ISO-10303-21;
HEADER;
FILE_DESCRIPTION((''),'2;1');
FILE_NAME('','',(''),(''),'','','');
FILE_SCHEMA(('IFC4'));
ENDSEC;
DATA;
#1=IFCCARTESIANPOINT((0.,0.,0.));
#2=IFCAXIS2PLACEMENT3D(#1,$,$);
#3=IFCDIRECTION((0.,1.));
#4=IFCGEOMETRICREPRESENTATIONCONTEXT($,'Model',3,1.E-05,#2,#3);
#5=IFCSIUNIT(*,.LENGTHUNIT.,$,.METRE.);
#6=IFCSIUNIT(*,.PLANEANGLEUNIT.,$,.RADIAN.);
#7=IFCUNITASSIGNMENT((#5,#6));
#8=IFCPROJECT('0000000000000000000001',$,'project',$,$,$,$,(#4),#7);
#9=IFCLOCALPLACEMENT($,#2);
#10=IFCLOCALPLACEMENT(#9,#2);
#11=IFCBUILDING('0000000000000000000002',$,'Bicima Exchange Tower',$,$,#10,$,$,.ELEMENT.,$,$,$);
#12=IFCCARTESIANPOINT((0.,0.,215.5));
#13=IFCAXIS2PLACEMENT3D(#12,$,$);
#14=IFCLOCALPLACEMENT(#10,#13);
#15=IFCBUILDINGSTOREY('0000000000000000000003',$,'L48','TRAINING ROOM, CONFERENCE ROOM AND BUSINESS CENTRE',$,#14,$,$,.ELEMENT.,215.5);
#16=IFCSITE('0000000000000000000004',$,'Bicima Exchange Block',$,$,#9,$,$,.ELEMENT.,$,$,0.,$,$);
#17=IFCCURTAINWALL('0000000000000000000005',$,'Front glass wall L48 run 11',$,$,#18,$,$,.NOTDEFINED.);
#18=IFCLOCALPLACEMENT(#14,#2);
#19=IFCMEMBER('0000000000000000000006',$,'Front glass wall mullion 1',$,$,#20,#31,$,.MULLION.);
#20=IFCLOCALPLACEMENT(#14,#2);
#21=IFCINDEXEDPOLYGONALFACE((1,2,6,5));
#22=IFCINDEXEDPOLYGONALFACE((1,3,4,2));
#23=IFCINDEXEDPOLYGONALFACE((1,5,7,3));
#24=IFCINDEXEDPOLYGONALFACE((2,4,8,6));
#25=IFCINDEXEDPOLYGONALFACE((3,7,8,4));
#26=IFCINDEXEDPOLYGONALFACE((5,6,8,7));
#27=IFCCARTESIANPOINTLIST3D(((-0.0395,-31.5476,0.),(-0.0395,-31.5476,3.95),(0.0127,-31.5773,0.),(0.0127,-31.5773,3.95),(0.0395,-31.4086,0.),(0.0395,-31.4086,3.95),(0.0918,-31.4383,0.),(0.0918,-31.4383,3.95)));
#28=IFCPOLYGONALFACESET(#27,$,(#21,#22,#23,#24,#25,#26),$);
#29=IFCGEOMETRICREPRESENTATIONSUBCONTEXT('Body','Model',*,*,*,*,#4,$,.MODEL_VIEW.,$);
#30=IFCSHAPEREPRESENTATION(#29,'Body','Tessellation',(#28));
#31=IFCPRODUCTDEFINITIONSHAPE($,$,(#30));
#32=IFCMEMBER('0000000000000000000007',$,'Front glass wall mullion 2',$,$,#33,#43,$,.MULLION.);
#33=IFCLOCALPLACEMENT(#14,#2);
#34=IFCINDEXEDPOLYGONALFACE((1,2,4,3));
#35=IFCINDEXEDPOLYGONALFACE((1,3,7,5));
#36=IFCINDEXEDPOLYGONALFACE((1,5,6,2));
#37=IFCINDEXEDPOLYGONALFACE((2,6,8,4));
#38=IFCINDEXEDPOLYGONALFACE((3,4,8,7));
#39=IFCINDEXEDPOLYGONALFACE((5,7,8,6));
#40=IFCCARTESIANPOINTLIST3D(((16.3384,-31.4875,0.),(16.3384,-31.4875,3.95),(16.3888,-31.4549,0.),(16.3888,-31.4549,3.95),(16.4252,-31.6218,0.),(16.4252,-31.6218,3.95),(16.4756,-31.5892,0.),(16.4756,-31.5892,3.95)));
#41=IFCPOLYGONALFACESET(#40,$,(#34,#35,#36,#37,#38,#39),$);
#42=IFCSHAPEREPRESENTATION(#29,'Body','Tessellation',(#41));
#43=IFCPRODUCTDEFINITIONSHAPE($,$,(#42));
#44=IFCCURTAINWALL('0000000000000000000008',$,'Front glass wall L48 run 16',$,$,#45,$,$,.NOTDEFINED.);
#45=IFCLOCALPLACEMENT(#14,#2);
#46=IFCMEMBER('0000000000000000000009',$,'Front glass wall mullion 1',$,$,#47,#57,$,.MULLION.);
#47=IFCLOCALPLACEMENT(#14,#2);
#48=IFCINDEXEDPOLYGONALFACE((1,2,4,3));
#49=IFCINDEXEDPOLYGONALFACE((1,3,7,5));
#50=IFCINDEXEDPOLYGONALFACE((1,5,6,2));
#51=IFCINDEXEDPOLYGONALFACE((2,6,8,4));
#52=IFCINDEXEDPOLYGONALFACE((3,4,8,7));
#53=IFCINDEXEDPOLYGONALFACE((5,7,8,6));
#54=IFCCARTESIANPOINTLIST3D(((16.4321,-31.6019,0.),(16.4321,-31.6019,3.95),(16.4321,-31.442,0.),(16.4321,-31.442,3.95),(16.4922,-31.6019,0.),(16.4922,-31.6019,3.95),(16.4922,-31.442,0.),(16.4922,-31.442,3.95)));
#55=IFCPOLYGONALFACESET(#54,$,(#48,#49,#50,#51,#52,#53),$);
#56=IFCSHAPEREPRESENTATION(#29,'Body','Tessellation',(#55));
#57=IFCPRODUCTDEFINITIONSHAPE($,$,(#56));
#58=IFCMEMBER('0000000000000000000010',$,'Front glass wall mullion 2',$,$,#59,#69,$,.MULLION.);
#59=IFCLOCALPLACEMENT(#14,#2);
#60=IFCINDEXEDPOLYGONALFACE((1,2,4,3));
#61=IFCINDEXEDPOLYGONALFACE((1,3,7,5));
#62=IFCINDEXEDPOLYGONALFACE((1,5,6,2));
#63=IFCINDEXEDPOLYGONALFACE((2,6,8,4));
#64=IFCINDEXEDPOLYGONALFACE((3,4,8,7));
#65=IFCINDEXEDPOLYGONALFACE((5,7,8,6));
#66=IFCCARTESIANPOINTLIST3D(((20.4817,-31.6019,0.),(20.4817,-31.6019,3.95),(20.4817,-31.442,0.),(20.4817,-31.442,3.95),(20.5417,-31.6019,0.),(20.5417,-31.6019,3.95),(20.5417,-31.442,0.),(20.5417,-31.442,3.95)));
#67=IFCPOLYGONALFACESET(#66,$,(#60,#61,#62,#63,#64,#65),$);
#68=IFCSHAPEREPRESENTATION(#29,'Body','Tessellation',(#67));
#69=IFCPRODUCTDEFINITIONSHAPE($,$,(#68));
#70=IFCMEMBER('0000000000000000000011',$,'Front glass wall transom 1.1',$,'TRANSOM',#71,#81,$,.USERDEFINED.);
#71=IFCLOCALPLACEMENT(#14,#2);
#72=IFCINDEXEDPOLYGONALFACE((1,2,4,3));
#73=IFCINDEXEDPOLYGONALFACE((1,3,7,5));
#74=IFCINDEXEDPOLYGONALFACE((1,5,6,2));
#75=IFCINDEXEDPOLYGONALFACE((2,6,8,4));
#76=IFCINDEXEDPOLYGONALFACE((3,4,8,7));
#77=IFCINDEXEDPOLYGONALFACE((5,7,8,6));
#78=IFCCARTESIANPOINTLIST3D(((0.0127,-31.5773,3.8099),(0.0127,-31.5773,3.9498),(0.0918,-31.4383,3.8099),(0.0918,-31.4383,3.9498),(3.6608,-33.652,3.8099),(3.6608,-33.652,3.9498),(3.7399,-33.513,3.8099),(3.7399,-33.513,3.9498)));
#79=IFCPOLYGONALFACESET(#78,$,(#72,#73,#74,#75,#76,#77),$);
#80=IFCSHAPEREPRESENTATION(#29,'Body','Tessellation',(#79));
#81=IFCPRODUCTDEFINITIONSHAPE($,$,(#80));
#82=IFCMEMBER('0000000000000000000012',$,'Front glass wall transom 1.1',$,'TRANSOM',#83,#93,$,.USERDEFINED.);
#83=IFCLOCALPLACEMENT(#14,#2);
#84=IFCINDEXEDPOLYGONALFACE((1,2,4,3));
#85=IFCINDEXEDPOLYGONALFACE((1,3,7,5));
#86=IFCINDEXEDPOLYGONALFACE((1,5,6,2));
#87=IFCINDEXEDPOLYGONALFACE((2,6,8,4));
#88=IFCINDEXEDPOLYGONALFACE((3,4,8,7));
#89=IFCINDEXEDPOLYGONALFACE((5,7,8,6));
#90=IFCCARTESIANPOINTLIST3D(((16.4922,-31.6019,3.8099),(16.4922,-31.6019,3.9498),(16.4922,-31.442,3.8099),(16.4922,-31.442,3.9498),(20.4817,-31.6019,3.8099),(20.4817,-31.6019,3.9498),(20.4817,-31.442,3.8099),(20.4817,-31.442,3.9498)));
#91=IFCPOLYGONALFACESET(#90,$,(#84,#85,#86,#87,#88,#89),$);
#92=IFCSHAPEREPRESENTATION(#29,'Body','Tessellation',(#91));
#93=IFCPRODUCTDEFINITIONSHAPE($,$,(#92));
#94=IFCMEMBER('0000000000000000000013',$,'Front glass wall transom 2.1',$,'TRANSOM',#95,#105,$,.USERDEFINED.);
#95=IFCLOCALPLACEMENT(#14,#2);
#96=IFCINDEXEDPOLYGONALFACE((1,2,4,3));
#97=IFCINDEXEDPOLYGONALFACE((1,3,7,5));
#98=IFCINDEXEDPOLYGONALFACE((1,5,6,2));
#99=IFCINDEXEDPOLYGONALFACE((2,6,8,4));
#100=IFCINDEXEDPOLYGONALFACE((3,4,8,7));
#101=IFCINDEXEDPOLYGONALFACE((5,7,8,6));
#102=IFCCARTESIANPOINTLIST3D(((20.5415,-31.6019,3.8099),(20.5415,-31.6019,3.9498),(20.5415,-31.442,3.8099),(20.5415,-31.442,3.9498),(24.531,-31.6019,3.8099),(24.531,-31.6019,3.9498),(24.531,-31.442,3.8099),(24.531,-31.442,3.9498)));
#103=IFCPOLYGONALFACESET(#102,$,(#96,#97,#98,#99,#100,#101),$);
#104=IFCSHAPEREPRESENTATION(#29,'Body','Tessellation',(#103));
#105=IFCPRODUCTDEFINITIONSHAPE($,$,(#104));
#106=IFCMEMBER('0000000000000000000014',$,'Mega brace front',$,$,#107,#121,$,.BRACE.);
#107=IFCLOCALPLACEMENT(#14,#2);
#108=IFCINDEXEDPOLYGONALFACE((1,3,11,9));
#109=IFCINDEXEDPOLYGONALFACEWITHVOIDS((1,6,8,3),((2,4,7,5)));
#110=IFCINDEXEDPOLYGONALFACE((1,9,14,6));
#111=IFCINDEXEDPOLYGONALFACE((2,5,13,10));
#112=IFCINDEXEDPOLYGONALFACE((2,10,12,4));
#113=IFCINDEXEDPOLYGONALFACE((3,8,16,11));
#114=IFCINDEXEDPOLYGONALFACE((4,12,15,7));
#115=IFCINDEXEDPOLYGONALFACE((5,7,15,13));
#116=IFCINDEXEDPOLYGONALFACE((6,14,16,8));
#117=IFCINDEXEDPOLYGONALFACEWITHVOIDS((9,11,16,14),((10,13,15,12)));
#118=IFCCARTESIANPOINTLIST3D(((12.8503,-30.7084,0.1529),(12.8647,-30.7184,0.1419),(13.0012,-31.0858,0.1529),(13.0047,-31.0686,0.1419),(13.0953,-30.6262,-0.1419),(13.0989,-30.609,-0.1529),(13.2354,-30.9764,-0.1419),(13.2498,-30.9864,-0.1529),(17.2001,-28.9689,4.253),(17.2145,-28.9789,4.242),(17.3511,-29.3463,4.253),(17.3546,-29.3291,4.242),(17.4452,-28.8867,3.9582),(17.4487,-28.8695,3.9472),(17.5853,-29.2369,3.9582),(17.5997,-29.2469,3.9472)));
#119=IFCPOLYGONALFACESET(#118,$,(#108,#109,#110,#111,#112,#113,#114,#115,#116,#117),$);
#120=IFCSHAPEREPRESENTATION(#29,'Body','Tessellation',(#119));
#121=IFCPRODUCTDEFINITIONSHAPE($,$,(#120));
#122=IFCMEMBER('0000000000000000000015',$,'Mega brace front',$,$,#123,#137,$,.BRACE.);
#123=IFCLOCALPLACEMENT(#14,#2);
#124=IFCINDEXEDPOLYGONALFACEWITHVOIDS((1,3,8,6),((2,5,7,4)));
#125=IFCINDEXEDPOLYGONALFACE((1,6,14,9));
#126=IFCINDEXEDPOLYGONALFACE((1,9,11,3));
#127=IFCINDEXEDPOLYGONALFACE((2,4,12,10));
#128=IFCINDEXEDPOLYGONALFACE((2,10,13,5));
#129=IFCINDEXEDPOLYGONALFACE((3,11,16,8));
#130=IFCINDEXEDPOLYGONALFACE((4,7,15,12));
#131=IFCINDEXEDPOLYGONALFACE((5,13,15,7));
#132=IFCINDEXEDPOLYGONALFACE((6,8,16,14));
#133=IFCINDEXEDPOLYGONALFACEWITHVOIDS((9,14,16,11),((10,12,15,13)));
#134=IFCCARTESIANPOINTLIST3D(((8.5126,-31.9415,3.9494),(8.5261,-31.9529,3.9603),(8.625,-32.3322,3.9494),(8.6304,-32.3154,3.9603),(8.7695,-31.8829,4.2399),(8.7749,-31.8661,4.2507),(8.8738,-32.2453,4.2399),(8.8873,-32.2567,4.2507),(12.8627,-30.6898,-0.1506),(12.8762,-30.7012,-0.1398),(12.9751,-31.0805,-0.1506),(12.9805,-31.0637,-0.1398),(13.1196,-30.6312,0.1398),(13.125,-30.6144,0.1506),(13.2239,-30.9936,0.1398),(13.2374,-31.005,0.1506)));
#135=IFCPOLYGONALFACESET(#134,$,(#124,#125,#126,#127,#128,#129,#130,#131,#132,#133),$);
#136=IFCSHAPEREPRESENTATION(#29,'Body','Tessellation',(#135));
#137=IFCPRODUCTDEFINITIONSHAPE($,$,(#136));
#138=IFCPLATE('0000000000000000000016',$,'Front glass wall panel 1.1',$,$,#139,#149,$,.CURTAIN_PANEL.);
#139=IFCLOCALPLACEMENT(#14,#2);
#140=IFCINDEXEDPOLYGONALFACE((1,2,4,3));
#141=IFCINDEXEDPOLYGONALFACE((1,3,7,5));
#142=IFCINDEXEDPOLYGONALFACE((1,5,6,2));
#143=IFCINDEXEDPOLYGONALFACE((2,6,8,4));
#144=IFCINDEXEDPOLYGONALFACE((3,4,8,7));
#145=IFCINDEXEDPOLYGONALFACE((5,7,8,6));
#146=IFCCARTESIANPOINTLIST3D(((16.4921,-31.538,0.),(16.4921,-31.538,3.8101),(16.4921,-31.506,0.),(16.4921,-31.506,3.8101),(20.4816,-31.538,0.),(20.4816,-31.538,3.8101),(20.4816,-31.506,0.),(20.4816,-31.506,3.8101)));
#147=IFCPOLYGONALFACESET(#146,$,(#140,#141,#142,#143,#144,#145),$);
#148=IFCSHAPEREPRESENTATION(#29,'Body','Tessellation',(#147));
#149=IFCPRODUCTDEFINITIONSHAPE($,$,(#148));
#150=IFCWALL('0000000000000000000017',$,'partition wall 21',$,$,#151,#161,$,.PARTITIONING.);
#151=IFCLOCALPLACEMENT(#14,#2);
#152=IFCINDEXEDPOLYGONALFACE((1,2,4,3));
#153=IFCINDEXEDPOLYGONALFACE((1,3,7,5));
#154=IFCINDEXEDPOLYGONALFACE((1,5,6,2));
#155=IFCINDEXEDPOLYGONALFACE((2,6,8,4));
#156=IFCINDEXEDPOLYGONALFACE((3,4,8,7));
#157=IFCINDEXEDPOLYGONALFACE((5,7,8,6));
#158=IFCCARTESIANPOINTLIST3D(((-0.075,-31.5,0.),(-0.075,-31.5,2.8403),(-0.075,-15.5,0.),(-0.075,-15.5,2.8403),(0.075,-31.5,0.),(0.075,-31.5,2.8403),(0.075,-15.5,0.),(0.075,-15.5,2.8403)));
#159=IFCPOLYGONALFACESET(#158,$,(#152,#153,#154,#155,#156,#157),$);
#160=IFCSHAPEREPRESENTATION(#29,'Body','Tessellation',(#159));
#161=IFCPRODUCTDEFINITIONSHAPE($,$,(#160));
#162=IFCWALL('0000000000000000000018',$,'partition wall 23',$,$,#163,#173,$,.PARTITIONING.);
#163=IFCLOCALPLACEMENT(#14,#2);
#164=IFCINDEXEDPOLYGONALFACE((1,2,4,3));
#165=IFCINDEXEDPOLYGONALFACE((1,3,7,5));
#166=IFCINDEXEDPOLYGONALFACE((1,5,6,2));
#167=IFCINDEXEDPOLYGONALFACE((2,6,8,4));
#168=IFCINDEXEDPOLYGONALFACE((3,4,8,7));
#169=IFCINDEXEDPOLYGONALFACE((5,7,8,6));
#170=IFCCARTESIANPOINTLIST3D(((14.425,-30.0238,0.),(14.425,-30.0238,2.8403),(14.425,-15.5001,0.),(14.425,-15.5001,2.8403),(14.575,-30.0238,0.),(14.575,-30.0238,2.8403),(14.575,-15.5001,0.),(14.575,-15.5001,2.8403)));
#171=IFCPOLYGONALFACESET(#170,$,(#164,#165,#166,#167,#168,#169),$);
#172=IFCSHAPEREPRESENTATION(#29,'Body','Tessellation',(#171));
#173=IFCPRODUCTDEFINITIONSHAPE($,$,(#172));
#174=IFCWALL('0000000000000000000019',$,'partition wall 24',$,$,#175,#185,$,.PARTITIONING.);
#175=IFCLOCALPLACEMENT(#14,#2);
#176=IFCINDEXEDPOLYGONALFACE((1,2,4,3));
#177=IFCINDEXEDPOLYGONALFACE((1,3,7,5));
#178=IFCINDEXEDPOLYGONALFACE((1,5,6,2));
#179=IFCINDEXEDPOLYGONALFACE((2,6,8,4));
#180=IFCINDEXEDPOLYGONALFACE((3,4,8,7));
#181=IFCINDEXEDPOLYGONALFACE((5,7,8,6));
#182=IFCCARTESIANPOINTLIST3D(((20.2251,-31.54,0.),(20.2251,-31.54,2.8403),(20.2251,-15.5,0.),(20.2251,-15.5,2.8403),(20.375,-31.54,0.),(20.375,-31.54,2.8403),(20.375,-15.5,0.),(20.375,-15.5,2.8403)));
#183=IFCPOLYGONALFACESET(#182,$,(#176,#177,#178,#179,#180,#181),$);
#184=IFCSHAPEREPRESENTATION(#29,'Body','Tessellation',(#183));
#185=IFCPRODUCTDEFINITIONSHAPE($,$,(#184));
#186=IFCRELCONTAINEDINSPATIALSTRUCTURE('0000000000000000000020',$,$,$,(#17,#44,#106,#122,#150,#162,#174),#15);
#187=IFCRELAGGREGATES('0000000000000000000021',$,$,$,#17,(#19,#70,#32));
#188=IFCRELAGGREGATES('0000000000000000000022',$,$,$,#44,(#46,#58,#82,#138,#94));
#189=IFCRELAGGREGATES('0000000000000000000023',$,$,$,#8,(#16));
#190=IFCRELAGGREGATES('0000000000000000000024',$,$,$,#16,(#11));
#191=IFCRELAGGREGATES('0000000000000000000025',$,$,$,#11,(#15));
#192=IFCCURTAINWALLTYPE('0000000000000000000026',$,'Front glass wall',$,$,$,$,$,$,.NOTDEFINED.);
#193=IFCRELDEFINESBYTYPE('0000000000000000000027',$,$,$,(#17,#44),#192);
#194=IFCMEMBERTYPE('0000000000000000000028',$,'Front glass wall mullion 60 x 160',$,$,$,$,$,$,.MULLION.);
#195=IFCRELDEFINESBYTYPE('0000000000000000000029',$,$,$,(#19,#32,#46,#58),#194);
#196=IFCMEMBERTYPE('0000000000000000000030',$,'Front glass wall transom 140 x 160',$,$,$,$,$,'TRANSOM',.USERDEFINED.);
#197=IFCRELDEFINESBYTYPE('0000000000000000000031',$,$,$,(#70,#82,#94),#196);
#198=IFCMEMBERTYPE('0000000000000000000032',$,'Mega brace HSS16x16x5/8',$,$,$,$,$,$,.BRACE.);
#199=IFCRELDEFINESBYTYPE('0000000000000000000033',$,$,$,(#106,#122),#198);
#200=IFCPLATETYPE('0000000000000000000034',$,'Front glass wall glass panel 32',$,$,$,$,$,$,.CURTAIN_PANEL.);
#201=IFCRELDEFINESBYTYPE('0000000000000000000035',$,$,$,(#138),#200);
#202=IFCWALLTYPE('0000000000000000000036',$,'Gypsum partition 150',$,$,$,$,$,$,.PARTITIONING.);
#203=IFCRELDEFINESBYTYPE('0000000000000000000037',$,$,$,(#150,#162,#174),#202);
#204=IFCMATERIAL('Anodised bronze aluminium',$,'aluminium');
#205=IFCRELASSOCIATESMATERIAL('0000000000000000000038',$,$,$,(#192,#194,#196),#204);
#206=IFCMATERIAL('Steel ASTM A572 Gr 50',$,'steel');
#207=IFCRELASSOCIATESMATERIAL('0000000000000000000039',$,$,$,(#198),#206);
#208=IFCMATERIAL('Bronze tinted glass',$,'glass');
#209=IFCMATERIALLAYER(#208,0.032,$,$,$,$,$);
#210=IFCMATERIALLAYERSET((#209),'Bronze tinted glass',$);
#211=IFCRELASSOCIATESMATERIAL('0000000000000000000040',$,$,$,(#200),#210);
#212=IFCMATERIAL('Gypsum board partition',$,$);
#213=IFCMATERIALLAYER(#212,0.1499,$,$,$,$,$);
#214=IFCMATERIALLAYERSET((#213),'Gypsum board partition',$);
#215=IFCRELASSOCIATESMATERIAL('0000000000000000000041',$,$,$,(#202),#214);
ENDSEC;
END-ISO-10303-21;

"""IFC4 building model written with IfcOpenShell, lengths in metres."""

from ifc_helpers import new_model, si_unit, direction, frame, frame_2d, origin, origin_2d, place, context, subcontext, project, spatial, rectangle, hollow_rectangle, extrude, material, layer, layer_set, material_profile, profile_set, type_object, element, aggregate, save


model = new_model("IFC4")

# Units and contexts
model_context = context("Model", 3, precision=1e-05, world=origin(), true_north=direction((0.0, 1.0)))
body_context = subcontext(model_context, "Body", "Model", "MODEL_VIEW")
ifc_project = project(units=[si_unit("LENGTHUNIT", "METRE"), si_unit("PLANEANGLEUNIT", "RADIAN")], contexts=[model_context])

# Site, building, storey
site_placement = place(None, origin())
site = spatial("IfcSite", under=ifc_project, at=site_placement, Name="Bicima Exchange Block", CompositionType="ELEMENT", RefElevation=0.0)
building_placement = place(site_placement, origin())
building = spatial("IfcBuilding", under=site, at=building_placement, Name="Bicima Exchange Tower", CompositionType="ELEMENT")
storey_placement = place(building_placement, frame((0.0, 0.0, 215.5)))
storey = spatial("IfcBuildingStorey", under=building, at=storey_placement, Name="L48", Description="TRAINING ROOM, CONFERENCE ROOM AND BUSINESS CENTRE", CompositionType="ELEMENT", Elevation=215.5)

# Curtain walls, members
ifc_material_1 = material(Name="Anodised bronze aluminium", Category="aluminium")
curtain_wall_type = type_object("IfcCurtainWallType", Name="Front glass wall", PredefinedType="NOTDEFINED", material=ifc_material_1)
curtain_wall_1_placement = place(storey_placement, origin())
curtain_wall_1 = element("IfcCurtainWall", 1, at=curtain_wall_1_placement, inside=storey, type_object=curtain_wall_type, Name="Front glass wall L48 run 11", PredefinedType="NOTDEFINED")
ifc_material_profile_1 = material_profile(ifc_material_1, rectangle(XDim=0.1599, YDim=0.0601, at=origin_2d()))
ifc_profile_set_1 = profile_set([ifc_material_profile_1], Name="Anodised bronze aluminium")
member_type_1 = type_object("IfcMemberType", Name="Front glass wall mullion 60 x 160", PredefinedType="MULLION", material=ifc_profile_set_1)
member_1_placement = place(storey_placement, frame((0.0261, -31.4929, 0.0), z_axis=(0.0, 0.0, 1.0), x_axis=(0.49433, 0.869274, 0.0)))
member_1 = element("IfcMember", 2, at=member_1_placement, type_object=member_type_1, Name="Front glass wall mullion 1", PredefinedType="MULLION", context=body_context, shape_type="SweptSolid", body=[
    extrude(rectangle(XDim=0.1599, YDim=0.0601, at=origin_2d()), origin(), (0.0, 0.0, 1.0), 3.95),
])
member_2_placement = place(storey_placement, frame((16.407, -31.5383, 0.0), z_axis=(0.0, 0.0, 1.0), x_axis=(-0.542909, 0.839791, 0.0)))
member_2 = element("IfcMember", 3, at=member_2_placement, type_object=member_type_1, Name="Front glass wall mullion 2", PredefinedType="MULLION", context=body_context, shape_type="SweptSolid", body=[
    extrude(rectangle(XDim=0.1599, YDim=0.0601, at=origin_2d()), origin(), (0.0, 0.0, 1.0), 3.95),
])
curtain_wall_2_placement = place(storey_placement, origin())
curtain_wall_2 = element("IfcCurtainWall", 4, at=curtain_wall_2_placement, inside=storey, type_object=curtain_wall_type, Name="Front glass wall L48 run 16", PredefinedType="NOTDEFINED")
member_3_placement = place(storey_placement, frame((16.4622, -31.522, 0.0), z_axis=(0.0, 0.0, 1.0), x_axis=(0.0, 1.0, 0.0)))
member_3 = element("IfcMember", 5, at=member_3_placement, type_object=member_type_1, Name="Front glass wall mullion 1", PredefinedType="MULLION", context=body_context, shape_type="SweptSolid", body=[
    extrude(rectangle(XDim=0.1599, YDim=0.0601, at=origin_2d()), origin(), (0.0, 0.0, 1.0), 3.95),
])
member_4_placement = place(storey_placement, frame((20.5117, -31.522, 0.0), z_axis=(0.0, 0.0, 1.0), x_axis=(0.0, 1.0, 0.0)))
member_4 = element("IfcMember", 6, at=member_4_placement, type_object=member_type_1, Name="Front glass wall mullion 2", PredefinedType="MULLION", context=body_context, shape_type="SweptSolid", body=[
    extrude(rectangle(XDim=0.1599, YDim=0.0601, at=origin_2d()), origin(), (0.0, 0.0, 1.0), 3.95),
])

# Members
ifc_material_profile_2 = material_profile(ifc_material_1, rectangle(XDim=0.1599, YDim=0.1399, at=origin_2d()))
ifc_profile_set_2 = profile_set([ifc_material_profile_2], Name="Anodised bronze aluminium")
member_type_2 = type_object("IfcMemberType", Name="Front glass wall transom 140 x 160", ElementType="TRANSOM", PredefinedType="USERDEFINED", material=ifc_profile_set_2)
member_5_placement = place(storey_placement, frame((0.0522, -31.5078, 3.8799), z_axis=(0.869265, -0.494346, 0.0), x_axis=(0.494346, 0.869265, 0.0)))
member_5 = element("IfcMember", 7, at=member_5_placement, type_object=member_type_2, Name="Front glass wall transom 1.1", ObjectType="TRANSOM", PredefinedType="USERDEFINED", context=body_context, shape_type="SweptSolid", body=[
    extrude(rectangle(XDim=0.1599, YDim=0.1399, at=origin_2d()), origin(), (0.0, 0.0, 1.0), 4.1968),
])
aggregate(curtain_wall_1, [member_1, member_5, member_2])
member_6_placement = place(storey_placement, frame((16.4922, -31.522, 3.8799), z_axis=(1.0, 0.0, 0.0), x_axis=(0.0, 1.0, 0.0)))
member_6 = element("IfcMember", 8, at=member_6_placement, type_object=member_type_2, Name="Front glass wall transom 1.1", ObjectType="TRANSOM", PredefinedType="USERDEFINED", context=body_context, shape_type="SweptSolid", body=[
    extrude(rectangle(XDim=0.1599, YDim=0.1399, at=origin_2d()), origin(), (0.0, 0.0, 1.0), 3.9895),
])
member_7_placement = place(storey_placement, frame((20.5415, -31.522, 3.8799), z_axis=(1.0, 0.0, 0.0), x_axis=(0.0, 1.0, 0.0)))
member_7 = element("IfcMember", 9, at=member_7_placement, type_object=member_type_2, Name="Front glass wall transom 2.1", ObjectType="TRANSOM", PredefinedType="USERDEFINED", context=body_context, shape_type="SweptSolid", body=[
    extrude(rectangle(XDim=0.1599, YDim=0.1399, at=origin_2d()), origin(), (0.0, 0.0, 1.0), 3.9895),
])

# Members
ifc_material_2 = material(Name="Steel ASTM A572 Gr 50", Category="steel")
ifc_material_profile_3 = material_profile(ifc_material_2, hollow_rectangle(XDim=0.4065, YDim=0.4065, WallThickness=0.0146, at=origin_2d()))
ifc_profile_set_3 = profile_set([ifc_material_profile_3], Name="Steel ASTM A572 Gr 50")
member_type_3 = type_object("IfcMemberType", Name="Mega brace HSS16x16x5/8", PredefinedType="BRACE", material=ifc_profile_set_3)
member_8_placement = place(storey_placement, frame((13.05, -30.8474, 0.0), z_axis=(0.698706, 0.279412, 0.658588), x_axis=(-0.37131, 0.928509, 0.0)))
element("IfcMember", 10, at=member_8_placement, inside=storey, type_object=member_type_3, Name="Mega brace front", PredefinedType="BRACE", context=body_context, shape_type="SweptSolid", body=[
    extrude(hollow_rectangle(XDim=0.4065, YDim=0.4065, WallThickness=0.0146, at=origin_2d()), origin(), (0.0, 0.0, 1.0), 6.2256),
])
member_9_placement = place(storey_placement, frame((13.05, -30.8474, 0.0), z_axis=(-0.712261, -0.204948, 0.671327), x_axis=(0.276523, -0.961007, 0.0)))
element("IfcMember", 11, at=member_9_placement, inside=storey, type_object=member_type_3, Name="Mega brace front", PredefinedType="BRACE", context=body_context, shape_type="SweptSolid", body=[
    extrude(hollow_rectangle(XDim=0.4065, YDim=0.4065, WallThickness=0.0146, at=origin_2d()), origin(), (0.0, 0.0, 1.0), 6.1074),
])

# Plate
ifc_material_3 = material(Name="Bronze tinted glass", Category="glass")
ifc_layer_1 = layer(ifc_material_3, 0.032)
ifc_layer_set_1 = layer_set([ifc_layer_1], Name="Bronze tinted glass")
plate_type = type_object("IfcPlateType", Name="Front glass wall glass panel 32", PredefinedType="CURTAIN_PANEL", material=ifc_layer_set_1)
plate_placement = place(storey_placement, frame((18.4868, -31.522, 0.0), z_axis=(0.0, 0.0, 1.0), x_axis=(1.0, 0.0, 0.0)))
plate = element("IfcPlate", 12, at=plate_placement, type_object=plate_type, Name="Front glass wall panel 1.1", PredefinedType="CURTAIN_PANEL", context=body_context, shape_type="SweptSolid", body=[
    extrude(rectangle(XDim=3.9895, YDim=0.032, at=origin_2d()), origin(), (0.0, 0.0, 1.0), 3.8101),
])
aggregate(curtain_wall_2, [member_3, member_4, member_6, plate, member_7])

# Walls
ifc_material_4 = material(Name="Gypsum board partition")
ifc_layer_2 = layer(ifc_material_4, 0.1499)
ifc_layer_set_2 = layer_set([ifc_layer_2], Name="Gypsum board partition")
wall_type = type_object("IfcWallType", Name="Gypsum partition 150", PredefinedType="PARTITIONING", material=ifc_layer_set_2)
wall_1_placement = place(storey_placement, frame((0.0, -31.5, 0.0), z_axis=(0.0, 0.0, 1.0), x_axis=(0.0, 1.0, 0.0)))
element("IfcWall", 13, at=wall_1_placement, inside=storey, type_object=wall_type, Name="partition wall 21", PredefinedType="PARTITIONING", context=body_context, shape_type="SweptSolid", body=[
    extrude(rectangle(XDim=16.0, YDim=0.1499, at=frame_2d((8.0, 0.0))), origin(), (0.0, 0.0, 1.0), 2.8403),
])
wall_2_placement = place(storey_placement, frame((14.5, -30.0237, 0.0), z_axis=(0.0, 0.0, 1.0), x_axis=(0.0, 1.0, 0.0)))
element("IfcWall", 14, at=wall_2_placement, inside=storey, type_object=wall_type, Name="partition wall 23", PredefinedType="PARTITIONING", context=body_context, shape_type="SweptSolid", body=[
    extrude(rectangle(XDim=14.5237, YDim=0.1499, at=frame_2d((7.2617, 0.0))), origin(), (0.0, 0.0, 1.0), 2.8403),
])
wall_3_placement = place(storey_placement, frame((20.3, -31.54, 0.0), z_axis=(0.0, 0.0, 1.0), x_axis=(0.0, 1.0, 0.0)))
element("IfcWall", 15, at=wall_3_placement, inside=storey, type_object=wall_type, Name="partition wall 24", PredefinedType="PARTITIONING", context=body_context, shape_type="SweptSolid", body=[
    extrude(rectangle(XDim=16.04, YDim=0.1499, at=frame_2d((8.02, 0.0))), origin(), (0.0, 0.0, 1.0), 2.8403),
])

save(model, "model.ifc")
